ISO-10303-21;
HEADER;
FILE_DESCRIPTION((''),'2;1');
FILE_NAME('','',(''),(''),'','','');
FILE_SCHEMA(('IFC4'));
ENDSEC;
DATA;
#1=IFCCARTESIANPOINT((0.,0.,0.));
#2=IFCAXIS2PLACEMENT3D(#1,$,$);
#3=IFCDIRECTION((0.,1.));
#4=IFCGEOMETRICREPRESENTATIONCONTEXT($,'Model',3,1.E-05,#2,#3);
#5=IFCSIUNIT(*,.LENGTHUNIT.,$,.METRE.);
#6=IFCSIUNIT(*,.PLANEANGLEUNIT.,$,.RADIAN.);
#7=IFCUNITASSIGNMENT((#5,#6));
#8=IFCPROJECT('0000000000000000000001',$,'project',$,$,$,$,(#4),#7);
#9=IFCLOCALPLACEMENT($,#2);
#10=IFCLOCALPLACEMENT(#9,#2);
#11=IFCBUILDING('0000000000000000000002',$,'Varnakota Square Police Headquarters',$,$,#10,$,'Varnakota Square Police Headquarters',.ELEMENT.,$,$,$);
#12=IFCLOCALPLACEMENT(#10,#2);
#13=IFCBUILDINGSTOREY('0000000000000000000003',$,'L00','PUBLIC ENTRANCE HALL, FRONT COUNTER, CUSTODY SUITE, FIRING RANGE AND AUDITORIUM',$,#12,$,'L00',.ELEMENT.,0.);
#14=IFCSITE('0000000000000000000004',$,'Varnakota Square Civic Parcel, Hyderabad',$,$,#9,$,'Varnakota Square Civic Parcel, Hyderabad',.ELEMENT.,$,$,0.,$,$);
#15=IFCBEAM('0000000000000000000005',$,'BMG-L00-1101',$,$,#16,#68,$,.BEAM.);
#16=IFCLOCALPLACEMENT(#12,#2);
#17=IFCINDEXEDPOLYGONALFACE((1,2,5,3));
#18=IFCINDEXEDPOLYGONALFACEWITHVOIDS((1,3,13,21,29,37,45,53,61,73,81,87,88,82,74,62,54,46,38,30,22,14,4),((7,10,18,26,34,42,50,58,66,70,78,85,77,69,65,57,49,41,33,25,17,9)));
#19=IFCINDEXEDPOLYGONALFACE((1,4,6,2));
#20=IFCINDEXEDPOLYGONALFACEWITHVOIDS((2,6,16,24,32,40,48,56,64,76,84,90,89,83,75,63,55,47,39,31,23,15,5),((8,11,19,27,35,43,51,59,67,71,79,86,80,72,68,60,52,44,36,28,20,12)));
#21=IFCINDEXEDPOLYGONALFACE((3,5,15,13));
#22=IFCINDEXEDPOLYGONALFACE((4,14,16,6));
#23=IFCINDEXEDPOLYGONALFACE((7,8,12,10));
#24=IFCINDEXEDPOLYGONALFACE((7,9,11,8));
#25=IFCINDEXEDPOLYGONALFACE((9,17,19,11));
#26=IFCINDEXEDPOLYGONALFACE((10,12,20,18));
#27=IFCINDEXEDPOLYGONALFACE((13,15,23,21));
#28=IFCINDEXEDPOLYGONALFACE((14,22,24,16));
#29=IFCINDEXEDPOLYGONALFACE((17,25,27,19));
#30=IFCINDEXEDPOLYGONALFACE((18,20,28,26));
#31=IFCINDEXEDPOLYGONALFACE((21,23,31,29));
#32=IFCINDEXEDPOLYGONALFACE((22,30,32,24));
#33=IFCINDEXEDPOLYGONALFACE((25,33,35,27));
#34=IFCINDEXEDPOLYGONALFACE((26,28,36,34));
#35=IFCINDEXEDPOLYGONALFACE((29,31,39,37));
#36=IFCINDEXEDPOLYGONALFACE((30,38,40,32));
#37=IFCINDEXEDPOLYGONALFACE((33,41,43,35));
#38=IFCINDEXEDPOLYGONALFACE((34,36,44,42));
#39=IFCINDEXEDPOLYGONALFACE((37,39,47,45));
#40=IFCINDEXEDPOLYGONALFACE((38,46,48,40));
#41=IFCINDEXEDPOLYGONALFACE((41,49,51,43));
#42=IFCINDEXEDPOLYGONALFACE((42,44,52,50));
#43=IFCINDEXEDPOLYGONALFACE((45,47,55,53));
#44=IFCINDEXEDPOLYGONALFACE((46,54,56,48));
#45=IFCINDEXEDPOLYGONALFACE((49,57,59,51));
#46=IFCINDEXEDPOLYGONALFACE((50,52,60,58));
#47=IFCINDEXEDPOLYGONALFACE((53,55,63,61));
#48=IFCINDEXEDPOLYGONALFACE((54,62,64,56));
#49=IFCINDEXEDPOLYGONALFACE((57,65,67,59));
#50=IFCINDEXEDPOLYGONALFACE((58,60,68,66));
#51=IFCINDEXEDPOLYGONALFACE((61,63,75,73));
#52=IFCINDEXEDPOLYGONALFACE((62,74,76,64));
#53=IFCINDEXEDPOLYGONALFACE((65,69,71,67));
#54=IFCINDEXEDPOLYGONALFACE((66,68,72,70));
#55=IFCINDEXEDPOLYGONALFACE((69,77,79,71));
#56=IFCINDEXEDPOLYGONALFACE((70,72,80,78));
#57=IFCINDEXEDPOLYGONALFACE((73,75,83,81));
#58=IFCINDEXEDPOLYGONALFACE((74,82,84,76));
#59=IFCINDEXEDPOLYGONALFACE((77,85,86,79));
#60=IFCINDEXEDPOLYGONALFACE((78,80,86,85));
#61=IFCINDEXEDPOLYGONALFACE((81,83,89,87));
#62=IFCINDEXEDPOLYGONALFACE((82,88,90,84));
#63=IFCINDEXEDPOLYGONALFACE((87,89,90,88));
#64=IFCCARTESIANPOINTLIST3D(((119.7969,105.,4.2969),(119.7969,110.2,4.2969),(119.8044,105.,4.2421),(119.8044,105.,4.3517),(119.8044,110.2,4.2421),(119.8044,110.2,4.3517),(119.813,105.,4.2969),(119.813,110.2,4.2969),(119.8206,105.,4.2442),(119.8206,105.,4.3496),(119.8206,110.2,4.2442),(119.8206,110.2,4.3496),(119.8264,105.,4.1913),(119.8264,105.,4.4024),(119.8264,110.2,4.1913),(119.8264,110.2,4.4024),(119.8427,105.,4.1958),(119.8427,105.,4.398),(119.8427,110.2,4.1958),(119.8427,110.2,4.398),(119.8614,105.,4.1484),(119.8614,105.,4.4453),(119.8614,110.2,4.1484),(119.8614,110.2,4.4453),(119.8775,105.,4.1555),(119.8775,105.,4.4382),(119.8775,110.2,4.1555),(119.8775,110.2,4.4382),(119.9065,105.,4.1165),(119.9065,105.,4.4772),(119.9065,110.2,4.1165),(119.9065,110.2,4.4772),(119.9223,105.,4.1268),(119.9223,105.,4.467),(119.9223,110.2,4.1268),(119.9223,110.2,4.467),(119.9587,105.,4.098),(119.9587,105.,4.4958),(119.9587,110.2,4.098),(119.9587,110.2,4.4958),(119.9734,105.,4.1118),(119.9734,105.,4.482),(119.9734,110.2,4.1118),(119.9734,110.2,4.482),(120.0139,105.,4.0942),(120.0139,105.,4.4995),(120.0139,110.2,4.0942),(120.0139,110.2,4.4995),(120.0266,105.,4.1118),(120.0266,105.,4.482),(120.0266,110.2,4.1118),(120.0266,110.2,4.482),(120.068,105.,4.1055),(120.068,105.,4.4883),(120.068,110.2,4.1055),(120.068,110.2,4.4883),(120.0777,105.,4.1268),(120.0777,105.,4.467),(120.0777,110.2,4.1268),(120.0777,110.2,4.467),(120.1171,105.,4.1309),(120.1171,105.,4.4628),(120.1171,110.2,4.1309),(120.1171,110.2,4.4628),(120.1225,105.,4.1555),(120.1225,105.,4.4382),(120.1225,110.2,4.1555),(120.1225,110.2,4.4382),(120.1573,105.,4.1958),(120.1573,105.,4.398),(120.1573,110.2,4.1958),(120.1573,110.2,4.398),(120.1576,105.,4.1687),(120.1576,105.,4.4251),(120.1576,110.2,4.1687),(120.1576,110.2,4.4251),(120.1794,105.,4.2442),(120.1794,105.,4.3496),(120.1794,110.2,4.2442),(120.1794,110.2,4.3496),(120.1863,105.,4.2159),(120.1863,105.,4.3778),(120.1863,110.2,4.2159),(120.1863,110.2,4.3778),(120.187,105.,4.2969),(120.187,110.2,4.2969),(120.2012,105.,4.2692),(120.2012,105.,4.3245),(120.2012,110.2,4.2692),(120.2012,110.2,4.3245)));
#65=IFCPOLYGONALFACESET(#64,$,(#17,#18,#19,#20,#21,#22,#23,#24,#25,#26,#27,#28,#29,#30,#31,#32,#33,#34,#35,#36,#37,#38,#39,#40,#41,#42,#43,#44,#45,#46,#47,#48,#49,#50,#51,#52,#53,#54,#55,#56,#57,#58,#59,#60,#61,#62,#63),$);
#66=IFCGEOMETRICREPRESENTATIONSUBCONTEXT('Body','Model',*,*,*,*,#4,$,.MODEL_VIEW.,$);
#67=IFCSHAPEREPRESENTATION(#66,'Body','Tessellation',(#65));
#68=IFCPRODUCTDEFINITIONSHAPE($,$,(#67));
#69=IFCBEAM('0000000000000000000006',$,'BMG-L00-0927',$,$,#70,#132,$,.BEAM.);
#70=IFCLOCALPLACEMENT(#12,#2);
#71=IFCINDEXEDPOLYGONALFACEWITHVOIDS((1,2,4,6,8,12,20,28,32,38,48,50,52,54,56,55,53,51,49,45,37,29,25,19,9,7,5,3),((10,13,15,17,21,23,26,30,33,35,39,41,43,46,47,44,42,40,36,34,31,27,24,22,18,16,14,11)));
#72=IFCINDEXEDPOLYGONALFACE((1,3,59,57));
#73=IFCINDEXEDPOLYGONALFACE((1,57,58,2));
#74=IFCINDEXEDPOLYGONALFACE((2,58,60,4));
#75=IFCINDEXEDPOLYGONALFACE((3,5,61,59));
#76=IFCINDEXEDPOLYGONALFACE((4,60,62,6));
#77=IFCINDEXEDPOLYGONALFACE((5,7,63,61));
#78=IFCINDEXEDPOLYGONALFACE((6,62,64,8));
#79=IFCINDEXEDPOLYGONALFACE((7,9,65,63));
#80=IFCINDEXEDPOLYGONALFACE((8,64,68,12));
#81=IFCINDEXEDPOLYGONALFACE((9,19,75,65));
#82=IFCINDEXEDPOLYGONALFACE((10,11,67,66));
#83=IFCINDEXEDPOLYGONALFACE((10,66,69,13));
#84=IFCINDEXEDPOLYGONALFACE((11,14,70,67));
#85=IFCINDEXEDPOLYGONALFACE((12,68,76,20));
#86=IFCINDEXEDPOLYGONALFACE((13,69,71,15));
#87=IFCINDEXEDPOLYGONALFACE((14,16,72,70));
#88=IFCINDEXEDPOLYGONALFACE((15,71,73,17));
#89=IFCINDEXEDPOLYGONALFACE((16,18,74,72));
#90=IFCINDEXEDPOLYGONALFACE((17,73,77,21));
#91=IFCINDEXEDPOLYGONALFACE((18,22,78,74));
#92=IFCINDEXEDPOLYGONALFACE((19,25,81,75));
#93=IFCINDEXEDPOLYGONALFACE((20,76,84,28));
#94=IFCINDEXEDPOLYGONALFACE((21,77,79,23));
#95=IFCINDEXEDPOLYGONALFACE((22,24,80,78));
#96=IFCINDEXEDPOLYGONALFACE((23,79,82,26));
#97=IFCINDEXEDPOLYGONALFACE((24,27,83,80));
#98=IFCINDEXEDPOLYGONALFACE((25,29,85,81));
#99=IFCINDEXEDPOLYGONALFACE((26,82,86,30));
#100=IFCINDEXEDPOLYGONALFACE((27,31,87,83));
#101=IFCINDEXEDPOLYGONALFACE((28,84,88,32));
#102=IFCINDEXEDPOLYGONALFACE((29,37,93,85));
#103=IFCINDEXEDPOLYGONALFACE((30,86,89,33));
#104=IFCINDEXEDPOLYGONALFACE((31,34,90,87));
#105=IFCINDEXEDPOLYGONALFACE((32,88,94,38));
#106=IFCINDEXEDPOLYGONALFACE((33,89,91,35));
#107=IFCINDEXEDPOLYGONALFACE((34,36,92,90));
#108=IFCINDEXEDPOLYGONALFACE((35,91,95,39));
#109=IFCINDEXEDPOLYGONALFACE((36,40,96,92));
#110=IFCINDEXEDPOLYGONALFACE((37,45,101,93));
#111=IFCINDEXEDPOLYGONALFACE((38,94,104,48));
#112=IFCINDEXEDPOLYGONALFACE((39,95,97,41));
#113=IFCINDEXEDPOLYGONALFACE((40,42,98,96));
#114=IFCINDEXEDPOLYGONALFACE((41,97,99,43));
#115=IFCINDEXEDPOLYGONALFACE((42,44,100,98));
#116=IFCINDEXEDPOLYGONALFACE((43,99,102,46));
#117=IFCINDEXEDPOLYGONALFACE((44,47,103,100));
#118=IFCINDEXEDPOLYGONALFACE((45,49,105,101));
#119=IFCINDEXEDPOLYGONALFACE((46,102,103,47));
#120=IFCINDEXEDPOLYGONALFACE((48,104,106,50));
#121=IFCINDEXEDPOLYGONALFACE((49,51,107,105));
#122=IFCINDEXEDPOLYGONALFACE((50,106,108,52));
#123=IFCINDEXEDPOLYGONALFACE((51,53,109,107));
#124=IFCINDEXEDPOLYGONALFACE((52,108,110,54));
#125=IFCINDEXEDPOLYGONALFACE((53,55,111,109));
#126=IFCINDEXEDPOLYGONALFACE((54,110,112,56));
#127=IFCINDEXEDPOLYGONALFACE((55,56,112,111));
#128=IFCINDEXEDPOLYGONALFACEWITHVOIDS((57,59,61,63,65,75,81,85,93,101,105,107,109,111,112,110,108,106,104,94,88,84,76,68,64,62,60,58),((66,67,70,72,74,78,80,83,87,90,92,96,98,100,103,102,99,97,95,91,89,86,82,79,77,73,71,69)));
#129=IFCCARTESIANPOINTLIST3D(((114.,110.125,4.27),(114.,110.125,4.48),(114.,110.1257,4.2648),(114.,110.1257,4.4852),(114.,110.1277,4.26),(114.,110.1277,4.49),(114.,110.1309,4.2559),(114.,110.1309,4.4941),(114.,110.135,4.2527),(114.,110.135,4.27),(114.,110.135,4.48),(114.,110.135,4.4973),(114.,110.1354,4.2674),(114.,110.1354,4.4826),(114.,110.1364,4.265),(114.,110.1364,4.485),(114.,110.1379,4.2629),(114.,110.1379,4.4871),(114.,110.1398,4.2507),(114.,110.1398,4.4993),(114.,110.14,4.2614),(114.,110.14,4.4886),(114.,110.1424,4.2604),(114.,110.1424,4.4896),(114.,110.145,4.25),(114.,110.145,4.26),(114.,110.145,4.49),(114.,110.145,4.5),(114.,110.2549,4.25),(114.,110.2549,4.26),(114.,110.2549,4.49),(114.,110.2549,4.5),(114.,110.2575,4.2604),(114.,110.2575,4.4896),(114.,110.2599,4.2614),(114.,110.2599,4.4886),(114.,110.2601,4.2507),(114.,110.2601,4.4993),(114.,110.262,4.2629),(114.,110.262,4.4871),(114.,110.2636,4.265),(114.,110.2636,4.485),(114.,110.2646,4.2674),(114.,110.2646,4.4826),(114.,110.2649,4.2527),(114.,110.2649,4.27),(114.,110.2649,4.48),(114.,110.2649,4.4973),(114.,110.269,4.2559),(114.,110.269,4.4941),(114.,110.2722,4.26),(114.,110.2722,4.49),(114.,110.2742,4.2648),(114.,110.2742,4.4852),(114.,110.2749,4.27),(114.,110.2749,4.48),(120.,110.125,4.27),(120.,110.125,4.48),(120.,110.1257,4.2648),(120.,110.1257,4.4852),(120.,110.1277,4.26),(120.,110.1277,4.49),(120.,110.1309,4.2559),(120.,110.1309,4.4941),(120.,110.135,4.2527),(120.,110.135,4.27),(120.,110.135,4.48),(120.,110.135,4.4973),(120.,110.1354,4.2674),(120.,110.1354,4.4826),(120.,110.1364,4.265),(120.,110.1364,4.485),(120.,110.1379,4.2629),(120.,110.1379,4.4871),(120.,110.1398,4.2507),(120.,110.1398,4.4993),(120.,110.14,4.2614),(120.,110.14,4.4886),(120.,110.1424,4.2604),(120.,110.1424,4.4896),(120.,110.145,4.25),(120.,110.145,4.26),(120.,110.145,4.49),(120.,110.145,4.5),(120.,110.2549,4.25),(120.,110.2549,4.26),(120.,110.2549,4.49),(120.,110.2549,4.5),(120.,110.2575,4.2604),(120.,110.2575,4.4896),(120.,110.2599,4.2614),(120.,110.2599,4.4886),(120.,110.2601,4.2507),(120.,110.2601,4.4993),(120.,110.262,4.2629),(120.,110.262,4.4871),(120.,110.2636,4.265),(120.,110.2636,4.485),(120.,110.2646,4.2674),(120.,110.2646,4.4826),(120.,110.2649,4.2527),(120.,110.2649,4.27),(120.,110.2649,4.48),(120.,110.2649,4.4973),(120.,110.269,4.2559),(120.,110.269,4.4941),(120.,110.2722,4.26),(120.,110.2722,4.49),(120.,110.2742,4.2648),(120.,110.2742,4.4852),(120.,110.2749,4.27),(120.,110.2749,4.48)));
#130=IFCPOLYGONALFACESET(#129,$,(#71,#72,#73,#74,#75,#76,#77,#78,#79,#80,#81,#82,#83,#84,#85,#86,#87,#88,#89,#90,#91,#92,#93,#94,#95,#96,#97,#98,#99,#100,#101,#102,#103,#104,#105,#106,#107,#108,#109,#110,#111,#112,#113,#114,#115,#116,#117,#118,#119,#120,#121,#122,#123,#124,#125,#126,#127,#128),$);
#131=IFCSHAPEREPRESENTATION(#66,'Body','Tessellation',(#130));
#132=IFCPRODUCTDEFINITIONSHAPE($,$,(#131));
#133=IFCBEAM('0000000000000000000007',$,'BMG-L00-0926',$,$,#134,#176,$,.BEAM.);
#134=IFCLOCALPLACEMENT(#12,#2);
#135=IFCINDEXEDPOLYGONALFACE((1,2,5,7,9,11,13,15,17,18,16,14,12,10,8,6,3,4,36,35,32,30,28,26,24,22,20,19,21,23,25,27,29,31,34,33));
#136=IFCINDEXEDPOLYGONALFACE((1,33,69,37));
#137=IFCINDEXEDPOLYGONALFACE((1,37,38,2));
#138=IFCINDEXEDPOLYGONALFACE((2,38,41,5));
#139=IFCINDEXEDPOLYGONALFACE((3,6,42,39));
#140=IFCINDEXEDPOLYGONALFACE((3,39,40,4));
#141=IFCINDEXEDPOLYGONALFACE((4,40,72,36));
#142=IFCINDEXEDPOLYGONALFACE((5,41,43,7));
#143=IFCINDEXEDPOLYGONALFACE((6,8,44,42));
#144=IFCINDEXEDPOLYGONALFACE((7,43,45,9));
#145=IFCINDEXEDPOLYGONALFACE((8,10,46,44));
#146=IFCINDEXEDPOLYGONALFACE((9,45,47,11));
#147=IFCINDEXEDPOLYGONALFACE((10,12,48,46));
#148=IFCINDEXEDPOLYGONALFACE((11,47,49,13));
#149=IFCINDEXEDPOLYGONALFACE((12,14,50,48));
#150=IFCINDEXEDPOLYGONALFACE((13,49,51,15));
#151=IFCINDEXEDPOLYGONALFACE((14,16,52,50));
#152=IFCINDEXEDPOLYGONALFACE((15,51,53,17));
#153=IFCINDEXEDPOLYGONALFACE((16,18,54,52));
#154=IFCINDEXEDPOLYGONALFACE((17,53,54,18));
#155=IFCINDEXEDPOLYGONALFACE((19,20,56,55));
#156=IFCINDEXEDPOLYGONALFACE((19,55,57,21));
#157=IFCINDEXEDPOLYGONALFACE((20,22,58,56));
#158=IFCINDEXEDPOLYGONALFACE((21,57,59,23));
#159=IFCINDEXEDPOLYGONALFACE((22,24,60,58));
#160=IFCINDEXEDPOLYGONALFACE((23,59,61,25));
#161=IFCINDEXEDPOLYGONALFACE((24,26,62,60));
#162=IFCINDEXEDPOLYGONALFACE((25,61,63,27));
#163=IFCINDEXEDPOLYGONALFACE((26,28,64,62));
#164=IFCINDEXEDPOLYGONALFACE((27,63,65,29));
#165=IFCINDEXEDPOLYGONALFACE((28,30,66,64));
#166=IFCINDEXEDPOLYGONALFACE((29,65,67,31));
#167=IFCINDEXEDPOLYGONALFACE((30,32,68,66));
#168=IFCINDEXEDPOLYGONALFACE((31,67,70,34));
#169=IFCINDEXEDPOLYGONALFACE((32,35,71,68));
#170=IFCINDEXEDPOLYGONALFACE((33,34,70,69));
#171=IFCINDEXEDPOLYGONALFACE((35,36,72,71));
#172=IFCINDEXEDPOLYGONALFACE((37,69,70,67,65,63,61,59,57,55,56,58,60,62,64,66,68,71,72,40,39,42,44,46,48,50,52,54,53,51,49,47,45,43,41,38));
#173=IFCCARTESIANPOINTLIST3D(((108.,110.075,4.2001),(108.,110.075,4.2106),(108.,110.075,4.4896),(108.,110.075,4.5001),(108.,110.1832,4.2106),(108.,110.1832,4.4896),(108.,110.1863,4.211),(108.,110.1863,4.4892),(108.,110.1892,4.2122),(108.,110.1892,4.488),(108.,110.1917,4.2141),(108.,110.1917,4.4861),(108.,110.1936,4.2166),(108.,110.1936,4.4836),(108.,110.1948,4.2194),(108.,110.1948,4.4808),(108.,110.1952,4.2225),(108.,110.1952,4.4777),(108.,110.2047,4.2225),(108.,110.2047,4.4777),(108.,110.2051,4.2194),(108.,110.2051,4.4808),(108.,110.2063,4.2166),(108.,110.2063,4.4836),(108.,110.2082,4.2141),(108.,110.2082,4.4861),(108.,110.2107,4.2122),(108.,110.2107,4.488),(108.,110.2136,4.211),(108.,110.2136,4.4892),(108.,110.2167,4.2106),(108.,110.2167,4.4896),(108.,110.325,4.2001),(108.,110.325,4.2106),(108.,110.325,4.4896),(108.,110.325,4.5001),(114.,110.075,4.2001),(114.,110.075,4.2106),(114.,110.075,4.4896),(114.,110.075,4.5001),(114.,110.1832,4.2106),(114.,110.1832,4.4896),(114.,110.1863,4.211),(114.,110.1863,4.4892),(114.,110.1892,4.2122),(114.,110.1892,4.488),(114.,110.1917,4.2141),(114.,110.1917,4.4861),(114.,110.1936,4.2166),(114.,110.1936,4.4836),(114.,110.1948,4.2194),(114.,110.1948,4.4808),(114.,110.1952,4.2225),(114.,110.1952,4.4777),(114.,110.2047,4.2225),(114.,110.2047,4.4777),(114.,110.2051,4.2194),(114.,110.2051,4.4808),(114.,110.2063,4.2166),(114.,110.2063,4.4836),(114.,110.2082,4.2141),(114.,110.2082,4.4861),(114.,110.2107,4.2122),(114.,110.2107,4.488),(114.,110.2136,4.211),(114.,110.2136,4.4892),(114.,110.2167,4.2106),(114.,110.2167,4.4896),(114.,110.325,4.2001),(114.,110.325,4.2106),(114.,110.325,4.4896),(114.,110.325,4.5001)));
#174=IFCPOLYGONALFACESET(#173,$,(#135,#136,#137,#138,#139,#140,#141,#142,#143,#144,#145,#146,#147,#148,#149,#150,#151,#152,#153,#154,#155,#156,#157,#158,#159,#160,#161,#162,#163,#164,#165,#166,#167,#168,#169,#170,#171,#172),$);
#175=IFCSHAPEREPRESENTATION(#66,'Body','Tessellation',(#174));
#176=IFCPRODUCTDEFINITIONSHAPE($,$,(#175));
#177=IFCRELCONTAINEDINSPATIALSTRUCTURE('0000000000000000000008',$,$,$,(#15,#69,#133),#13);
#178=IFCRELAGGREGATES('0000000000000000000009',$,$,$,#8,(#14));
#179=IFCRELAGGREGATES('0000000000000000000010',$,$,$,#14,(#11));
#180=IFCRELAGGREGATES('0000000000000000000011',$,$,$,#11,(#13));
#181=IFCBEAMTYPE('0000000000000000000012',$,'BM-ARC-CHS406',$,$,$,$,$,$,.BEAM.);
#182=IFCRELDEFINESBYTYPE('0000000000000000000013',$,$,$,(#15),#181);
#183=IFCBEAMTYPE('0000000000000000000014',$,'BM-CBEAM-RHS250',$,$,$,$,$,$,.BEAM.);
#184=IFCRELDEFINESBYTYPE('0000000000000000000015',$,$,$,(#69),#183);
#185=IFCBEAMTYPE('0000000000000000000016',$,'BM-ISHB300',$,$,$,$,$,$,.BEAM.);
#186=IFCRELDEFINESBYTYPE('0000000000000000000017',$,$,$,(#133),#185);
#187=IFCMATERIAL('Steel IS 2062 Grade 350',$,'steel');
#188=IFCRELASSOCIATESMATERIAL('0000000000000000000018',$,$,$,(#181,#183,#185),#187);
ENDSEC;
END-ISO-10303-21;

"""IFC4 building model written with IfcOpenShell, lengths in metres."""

from ifc_helpers import new_model, si_unit, direction, frame, origin, origin_2d, place, context, subcontext, project, spatial, hollow_rectangle, hollow_circle, i_section, extrude, material, material_profile, profile_set, type_object, element, save


model = new_model("IFC4")

# Units and contexts
model_context = context("Model", 3, precision=1e-05, world=origin(), true_north=direction((0.0, 1.0)))
body_context = subcontext(model_context, "Body", "Model", "MODEL_VIEW")
ifc_project = project(units=[si_unit("LENGTHUNIT", "METRE"), si_unit("PLANEANGLEUNIT", "RADIAN")], contexts=[model_context])

# Site, building, storey
site_placement = place(None, origin())
site = spatial("IfcSite", under=ifc_project, at=site_placement, Name="Varnakota Square Civic Parcel, Hyderabad", LongName="Varnakota Square Civic Parcel, Hyderabad", CompositionType="ELEMENT", RefElevation=0.0)
building_placement = place(site_placement, origin())
building = spatial("IfcBuilding", under=site, at=building_placement, Name="Varnakota Square Police Headquarters", LongName="Varnakota Square Police Headquarters", CompositionType="ELEMENT")
storey_placement = place(building_placement, origin())
storey = spatial("IfcBuildingStorey", under=building, at=storey_placement, Name="L00", Description="PUBLIC ENTRANCE HALL, FRONT COUNTER, CUSTODY SUITE, FIRING RANGE AND AUDITORIUM", LongName="L00", CompositionType="ELEMENT", Elevation=0.0)

# Beams
ifc_material_1 = material(Name="Steel IS 2062 Grade 350", Category="steel")
ifc_material_profile_1 = material_profile(ifc_material_1, hollow_circle(Radius=0.2031, WallThickness=0.0161, at=origin_2d()), Name="CHS 406.4x16.0")
ifc_profile_set_1 = profile_set([ifc_material_profile_1], Name="Steel IS 2062 Grade 350")
beam_type_1 = type_object("IfcBeamType", Name="BM-ARC-CHS406", PredefinedType="BEAM", material=ifc_profile_set_1)
for number, where, z_axis, x_axis, name in (
    (1, (120.0, 105.0, 4.2969), (0.0, 1.0, 0.0), (-1.0, 0.0, 0.0), "BMG-L00-1101"),
):
    element("IfcBeam", number, at=place(storey_placement, frame(where, z_axis=z_axis, x_axis=x_axis)), inside=storey, type_object=beam_type_1, Name=name, PredefinedType="BEAM", context=body_context, shape_type="SweptSolid", body=[
        extrude(hollow_circle(Radius=0.2031, WallThickness=0.0161, at=origin_2d()), origin(), (0.0, 0.0, 1.0), 5.2),
    ])
ifc_material_profile_2 = material_profile(ifc_material_1, hollow_rectangle(XDim=0.1499, YDim=0.25, WallThickness=0.01, InnerFilletRadius=0.01, OuterFilletRadius=0.02, at=origin_2d()), Name="RHS 250x150x10")
ifc_profile_set_2 = profile_set([ifc_material_profile_2], Name="Steel IS 2062 Grade 350")
beam_type_2 = type_object("IfcBeamType", Name="BM-CBEAM-RHS250", PredefinedType="BEAM", material=ifc_profile_set_2)
beam_1_placement = place(storey_placement, frame((114.0, 110.2, 4.375), z_axis=(1.0, 0.0, 0.0), x_axis=(0.0, 1.0, 0.0)))
element("IfcBeam", 2, at=beam_1_placement, inside=storey, type_object=beam_type_2, Name="BMG-L00-0927", PredefinedType="BEAM", context=body_context, shape_type="SweptSolid", body=[
    extrude(hollow_rectangle(XDim=0.1499, YDim=0.25, WallThickness=0.01, InnerFilletRadius=0.01, OuterFilletRadius=0.02, at=origin_2d()), origin(), (0.0, 0.0, 1.0), 6.0),
])
ifc_material_profile_3 = material_profile(ifc_material_1, i_section(OverallWidth=0.25, OverallDepth=0.3, WebThickness=0.0095, FlangeThickness=0.0105, FilletRadius=0.012, at=origin_2d()), Name="ISHB 300")
ifc_profile_set_3 = profile_set([ifc_material_profile_3], Name="Steel IS 2062 Grade 350")
beam_type_3 = type_object("IfcBeamType", Name="BM-ISHB300", PredefinedType="BEAM", material=ifc_profile_set_3)
beam_2_placement = place(storey_placement, frame((108.0, 110.2, 4.3501), z_axis=(1.0, 0.0, 0.0), x_axis=(0.0, 1.0, 0.0)))
element("IfcBeam", 3, at=beam_2_placement, inside=storey, type_object=beam_type_3, Name="BMG-L00-0926", PredefinedType="BEAM", context=body_context, shape_type="SweptSolid", body=[
    extrude(i_section(OverallWidth=0.25, OverallDepth=0.3, WebThickness=0.0095, FlangeThickness=0.0105, FilletRadius=0.012, at=origin_2d()), origin(), (0.0, 0.0, 1.0), 6.0),
])

save(model, "model.ifc")
